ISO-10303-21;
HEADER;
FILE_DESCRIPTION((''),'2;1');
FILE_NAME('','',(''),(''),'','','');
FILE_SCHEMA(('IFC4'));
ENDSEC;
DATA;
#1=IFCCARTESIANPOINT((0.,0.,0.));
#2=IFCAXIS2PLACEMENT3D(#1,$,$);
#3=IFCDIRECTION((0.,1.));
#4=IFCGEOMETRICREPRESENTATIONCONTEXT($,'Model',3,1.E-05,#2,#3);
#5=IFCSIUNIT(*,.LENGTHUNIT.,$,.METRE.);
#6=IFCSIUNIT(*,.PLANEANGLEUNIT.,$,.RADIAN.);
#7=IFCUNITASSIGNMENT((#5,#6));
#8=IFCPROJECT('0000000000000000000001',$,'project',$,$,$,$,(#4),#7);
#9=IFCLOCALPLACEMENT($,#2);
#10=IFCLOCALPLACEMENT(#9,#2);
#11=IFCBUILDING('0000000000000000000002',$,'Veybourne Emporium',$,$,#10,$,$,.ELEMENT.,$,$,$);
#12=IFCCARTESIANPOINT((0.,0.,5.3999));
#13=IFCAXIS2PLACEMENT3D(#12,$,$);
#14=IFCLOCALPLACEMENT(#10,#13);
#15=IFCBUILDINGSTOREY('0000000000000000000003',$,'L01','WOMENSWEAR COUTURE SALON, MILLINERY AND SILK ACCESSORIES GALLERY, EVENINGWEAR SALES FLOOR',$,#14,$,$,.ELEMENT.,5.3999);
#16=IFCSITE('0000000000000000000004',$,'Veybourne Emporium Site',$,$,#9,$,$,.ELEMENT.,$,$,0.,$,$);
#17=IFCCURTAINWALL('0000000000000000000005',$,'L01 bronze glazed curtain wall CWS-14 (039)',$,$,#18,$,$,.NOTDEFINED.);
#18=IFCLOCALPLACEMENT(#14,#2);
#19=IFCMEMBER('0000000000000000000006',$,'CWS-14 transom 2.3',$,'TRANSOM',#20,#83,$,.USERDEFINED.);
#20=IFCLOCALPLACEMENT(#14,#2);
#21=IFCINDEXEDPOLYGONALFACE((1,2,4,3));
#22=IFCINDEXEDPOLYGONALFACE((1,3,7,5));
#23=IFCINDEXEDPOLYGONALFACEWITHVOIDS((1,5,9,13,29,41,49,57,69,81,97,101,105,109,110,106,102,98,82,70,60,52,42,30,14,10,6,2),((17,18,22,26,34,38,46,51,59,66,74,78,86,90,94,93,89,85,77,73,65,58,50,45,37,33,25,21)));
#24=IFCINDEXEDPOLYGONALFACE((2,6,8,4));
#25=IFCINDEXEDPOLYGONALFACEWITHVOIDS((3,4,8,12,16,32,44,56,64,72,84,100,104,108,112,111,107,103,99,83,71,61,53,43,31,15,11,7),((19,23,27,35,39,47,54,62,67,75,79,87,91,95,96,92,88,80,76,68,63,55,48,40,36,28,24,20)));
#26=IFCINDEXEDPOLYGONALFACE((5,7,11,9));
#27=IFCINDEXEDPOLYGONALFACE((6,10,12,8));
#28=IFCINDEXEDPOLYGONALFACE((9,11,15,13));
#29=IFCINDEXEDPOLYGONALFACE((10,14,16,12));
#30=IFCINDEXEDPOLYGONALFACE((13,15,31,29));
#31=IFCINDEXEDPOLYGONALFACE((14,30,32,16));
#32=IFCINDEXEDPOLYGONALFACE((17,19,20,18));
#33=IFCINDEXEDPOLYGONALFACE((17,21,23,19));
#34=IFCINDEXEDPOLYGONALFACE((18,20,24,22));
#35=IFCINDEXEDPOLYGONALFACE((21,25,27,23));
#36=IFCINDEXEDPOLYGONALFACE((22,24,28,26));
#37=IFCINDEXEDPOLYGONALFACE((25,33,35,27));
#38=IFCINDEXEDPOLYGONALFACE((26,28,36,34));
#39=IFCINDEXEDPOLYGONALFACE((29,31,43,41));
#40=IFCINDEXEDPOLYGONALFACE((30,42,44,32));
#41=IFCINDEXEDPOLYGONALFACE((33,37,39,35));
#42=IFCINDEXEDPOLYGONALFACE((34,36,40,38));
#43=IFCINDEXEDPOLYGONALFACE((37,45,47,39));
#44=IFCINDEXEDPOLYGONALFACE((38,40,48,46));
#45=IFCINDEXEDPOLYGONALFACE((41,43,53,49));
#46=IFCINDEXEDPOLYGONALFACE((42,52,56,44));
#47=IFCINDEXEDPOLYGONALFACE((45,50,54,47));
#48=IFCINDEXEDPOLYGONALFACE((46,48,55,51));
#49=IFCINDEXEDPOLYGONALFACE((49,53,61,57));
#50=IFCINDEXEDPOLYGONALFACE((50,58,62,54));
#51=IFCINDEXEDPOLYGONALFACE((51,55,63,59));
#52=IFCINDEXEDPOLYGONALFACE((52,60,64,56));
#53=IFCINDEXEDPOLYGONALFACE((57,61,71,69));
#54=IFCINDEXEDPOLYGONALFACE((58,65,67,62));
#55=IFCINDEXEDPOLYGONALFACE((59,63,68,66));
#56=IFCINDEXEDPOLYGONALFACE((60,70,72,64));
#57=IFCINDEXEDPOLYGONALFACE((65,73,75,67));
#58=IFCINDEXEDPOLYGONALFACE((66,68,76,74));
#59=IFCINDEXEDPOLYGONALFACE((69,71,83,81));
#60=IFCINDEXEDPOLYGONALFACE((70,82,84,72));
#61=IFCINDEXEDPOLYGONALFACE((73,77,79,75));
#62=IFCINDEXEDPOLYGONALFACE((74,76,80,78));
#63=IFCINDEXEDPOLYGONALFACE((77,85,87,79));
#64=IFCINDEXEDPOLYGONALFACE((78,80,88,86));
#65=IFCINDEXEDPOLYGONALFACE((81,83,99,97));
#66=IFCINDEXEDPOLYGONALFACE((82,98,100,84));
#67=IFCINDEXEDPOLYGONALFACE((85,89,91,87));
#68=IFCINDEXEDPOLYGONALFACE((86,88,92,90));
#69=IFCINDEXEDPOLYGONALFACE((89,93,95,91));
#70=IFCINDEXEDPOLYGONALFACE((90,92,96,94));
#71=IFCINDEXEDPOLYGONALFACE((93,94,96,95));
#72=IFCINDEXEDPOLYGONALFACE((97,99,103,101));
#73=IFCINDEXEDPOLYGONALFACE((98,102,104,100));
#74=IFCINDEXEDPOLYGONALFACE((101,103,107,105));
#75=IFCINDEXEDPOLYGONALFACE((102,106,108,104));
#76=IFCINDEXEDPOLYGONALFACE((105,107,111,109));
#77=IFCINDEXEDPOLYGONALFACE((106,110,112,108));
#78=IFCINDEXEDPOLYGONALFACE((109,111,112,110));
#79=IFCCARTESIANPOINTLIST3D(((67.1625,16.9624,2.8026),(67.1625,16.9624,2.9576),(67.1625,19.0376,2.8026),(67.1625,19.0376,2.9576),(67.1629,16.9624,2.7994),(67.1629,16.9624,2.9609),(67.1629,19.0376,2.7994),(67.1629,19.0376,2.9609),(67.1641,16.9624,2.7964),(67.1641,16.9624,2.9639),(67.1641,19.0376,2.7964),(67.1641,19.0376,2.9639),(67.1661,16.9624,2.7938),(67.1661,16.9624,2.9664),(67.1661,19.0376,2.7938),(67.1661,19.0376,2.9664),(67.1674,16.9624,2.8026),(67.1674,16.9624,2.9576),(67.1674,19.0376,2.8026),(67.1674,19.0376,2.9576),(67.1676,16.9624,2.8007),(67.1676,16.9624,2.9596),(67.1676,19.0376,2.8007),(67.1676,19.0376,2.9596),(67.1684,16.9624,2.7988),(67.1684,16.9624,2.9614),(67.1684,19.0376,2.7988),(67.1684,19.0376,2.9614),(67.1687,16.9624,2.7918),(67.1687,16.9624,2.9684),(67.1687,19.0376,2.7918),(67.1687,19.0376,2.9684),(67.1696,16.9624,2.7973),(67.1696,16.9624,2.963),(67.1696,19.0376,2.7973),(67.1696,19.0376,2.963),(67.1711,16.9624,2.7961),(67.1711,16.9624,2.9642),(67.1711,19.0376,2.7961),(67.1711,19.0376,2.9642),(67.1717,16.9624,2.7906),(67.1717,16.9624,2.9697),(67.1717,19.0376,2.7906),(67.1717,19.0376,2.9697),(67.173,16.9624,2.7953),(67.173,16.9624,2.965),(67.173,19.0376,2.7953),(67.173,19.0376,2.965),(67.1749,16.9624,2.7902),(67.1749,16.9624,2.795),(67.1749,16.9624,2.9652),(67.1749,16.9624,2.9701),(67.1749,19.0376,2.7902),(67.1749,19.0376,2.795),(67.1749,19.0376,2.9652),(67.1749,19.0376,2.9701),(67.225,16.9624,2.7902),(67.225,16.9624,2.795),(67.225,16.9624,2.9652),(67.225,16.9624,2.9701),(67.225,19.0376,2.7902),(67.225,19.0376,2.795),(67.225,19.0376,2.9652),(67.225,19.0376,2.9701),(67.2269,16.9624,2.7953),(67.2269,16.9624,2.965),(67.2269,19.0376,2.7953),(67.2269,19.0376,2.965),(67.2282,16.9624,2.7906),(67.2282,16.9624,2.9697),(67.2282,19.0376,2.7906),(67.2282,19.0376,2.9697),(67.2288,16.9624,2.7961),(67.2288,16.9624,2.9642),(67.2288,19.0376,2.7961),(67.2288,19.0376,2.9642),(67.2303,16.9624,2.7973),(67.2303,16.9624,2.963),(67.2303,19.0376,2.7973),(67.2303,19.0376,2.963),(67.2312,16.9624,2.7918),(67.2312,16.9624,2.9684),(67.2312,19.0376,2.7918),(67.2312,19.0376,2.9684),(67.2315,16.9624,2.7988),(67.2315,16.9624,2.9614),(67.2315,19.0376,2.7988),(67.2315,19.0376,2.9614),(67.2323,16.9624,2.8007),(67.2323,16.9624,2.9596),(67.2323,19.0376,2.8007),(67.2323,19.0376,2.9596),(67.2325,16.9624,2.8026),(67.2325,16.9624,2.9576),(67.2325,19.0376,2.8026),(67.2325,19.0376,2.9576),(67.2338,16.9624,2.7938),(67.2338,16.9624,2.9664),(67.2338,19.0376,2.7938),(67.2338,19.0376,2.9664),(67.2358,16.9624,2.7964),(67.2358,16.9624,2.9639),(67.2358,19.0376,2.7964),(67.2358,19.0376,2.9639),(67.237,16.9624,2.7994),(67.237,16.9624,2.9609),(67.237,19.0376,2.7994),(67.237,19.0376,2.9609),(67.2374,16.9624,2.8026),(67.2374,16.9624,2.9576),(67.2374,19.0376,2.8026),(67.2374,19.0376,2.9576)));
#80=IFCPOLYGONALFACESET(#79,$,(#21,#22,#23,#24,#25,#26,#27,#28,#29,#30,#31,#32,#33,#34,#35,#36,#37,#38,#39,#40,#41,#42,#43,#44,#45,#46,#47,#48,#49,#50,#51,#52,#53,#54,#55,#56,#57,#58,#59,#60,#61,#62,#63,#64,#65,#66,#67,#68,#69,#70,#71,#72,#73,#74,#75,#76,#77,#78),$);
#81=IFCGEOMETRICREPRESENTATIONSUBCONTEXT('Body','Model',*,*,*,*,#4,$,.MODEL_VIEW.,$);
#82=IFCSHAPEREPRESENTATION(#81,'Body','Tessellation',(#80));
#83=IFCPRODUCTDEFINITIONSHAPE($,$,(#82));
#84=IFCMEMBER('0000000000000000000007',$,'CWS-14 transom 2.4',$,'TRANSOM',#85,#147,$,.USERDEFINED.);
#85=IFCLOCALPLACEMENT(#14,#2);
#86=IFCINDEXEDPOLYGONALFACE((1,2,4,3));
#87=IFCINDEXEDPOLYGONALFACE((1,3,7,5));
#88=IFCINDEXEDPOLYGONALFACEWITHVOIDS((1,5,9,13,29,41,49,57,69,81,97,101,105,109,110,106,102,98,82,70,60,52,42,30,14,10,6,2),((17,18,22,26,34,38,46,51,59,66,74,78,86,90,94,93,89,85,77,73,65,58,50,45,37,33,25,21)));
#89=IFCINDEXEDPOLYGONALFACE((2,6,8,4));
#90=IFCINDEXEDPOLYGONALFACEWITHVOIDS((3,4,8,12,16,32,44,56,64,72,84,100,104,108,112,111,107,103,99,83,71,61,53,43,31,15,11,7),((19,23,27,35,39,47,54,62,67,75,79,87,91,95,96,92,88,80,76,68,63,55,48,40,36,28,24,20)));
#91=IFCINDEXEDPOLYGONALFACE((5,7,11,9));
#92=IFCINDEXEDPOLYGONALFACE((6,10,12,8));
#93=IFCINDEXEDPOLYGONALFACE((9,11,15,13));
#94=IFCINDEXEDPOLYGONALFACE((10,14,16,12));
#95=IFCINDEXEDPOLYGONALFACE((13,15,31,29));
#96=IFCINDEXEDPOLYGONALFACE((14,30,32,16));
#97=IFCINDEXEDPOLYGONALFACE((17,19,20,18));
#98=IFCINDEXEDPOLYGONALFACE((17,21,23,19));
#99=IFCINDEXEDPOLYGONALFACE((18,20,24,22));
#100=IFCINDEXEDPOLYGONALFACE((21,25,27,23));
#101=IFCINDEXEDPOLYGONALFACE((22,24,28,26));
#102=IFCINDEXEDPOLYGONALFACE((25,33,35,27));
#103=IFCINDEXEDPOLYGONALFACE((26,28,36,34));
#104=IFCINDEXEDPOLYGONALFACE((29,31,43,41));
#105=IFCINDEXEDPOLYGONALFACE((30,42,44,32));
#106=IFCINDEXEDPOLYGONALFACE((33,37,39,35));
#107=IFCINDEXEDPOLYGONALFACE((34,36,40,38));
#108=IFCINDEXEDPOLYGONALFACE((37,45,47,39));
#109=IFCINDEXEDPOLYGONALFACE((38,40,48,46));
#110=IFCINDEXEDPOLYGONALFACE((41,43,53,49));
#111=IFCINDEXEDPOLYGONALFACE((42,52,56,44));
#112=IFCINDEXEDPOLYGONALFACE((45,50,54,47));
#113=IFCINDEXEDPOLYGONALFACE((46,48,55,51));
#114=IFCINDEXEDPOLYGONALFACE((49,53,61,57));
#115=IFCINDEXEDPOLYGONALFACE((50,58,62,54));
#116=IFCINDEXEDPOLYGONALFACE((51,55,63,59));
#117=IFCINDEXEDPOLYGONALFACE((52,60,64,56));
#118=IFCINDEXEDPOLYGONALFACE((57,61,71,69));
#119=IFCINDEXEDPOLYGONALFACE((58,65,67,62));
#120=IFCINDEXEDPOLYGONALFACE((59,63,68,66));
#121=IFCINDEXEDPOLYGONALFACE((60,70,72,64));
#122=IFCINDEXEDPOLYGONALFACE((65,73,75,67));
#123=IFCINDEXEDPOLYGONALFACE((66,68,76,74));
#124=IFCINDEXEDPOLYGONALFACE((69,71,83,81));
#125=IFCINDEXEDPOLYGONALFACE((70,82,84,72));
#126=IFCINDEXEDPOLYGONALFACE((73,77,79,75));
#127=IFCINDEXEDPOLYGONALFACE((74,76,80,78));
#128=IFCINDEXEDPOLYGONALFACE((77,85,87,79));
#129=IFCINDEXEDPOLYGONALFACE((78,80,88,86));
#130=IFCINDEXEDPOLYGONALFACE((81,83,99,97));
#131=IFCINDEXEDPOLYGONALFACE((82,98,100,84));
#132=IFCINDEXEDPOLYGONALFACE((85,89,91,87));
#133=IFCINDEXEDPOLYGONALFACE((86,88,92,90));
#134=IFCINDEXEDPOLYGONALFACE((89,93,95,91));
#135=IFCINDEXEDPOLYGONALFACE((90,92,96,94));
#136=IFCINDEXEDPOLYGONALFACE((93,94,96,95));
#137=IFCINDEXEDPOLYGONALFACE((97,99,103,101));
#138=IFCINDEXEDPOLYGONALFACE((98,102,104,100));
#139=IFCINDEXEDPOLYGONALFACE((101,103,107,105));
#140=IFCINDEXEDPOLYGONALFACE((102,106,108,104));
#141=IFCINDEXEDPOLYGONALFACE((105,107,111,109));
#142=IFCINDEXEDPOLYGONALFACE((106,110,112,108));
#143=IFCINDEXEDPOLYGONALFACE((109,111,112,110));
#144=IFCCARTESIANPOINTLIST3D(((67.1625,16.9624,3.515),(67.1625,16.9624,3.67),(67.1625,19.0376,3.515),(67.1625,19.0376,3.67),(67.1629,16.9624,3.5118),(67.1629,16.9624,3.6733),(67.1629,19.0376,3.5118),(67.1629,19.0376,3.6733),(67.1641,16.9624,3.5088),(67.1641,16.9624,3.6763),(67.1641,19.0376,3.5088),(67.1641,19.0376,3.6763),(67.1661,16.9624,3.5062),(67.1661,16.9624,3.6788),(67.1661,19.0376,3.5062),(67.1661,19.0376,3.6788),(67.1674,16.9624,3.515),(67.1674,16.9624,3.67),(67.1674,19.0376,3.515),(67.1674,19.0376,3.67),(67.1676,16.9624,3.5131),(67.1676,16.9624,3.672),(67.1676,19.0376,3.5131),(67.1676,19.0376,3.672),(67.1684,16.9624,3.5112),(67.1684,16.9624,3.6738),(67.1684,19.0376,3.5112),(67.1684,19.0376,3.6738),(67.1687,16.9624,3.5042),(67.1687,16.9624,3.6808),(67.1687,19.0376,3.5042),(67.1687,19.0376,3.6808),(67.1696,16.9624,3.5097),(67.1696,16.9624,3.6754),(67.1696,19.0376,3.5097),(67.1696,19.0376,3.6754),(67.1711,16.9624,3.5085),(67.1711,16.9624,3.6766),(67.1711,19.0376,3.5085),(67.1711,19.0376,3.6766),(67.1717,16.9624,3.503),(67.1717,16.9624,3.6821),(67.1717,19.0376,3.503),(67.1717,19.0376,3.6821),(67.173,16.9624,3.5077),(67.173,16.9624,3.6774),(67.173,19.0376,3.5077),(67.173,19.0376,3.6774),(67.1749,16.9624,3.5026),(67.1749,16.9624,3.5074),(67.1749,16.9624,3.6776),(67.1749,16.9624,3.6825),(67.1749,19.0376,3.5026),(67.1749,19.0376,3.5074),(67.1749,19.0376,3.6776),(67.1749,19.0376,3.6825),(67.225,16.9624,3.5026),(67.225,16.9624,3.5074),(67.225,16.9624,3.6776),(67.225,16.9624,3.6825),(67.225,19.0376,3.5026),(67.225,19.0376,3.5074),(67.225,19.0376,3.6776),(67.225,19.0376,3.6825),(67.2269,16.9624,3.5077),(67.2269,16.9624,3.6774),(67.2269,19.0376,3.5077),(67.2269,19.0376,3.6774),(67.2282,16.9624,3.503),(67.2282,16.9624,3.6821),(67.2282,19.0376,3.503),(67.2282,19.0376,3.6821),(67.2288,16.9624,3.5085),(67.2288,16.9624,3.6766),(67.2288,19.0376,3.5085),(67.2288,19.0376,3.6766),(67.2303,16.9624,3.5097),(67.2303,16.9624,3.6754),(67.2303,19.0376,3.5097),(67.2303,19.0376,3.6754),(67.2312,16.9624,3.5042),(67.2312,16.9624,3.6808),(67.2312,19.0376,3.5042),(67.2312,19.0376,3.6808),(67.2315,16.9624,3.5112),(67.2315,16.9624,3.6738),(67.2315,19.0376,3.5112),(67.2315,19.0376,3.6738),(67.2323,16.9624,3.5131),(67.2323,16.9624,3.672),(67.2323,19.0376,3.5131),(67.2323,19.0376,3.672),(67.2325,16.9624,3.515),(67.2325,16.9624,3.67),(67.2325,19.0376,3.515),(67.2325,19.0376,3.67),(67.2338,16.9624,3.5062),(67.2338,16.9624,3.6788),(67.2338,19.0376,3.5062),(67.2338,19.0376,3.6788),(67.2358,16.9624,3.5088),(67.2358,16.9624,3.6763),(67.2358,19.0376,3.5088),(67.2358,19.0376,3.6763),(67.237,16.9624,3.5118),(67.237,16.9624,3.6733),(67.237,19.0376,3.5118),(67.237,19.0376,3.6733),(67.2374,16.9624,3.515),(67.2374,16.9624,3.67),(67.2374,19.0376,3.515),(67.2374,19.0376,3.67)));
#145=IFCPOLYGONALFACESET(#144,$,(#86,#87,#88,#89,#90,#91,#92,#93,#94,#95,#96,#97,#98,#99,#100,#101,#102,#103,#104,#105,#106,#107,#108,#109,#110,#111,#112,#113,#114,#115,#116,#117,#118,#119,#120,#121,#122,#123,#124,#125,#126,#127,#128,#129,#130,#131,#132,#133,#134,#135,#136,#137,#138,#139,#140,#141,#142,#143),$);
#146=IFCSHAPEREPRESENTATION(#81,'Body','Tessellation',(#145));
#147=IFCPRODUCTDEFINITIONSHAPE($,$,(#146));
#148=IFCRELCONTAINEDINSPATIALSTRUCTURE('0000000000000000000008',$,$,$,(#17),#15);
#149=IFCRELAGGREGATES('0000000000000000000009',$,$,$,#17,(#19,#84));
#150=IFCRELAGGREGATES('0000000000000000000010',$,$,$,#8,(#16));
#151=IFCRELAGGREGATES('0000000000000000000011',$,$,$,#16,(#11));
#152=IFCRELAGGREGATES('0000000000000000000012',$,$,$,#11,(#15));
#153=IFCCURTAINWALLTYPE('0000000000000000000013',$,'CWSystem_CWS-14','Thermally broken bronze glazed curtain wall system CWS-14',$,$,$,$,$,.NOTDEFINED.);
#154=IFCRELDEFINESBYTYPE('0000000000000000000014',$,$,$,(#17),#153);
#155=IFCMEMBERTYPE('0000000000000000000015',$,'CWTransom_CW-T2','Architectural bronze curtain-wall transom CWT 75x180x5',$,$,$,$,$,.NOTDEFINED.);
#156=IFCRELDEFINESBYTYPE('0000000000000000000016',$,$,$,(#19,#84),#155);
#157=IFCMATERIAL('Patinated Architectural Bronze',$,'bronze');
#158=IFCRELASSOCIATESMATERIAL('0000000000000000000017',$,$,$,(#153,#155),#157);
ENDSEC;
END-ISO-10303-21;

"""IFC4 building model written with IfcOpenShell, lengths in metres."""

from ifc_helpers import new_model, si_unit, direction, frame, origin, origin_2d, place, context, subcontext, project, spatial, hollow_rectangle, extrude, material, material_profile, profile_set, type_object, element, aggregate, save


model = new_model("IFC4")

# Units and contexts
model_context = context("Model", 3, precision=1e-05, world=origin(), true_north=direction((0.0, 1.0)))
body_context = subcontext(model_context, "Body", "Model", "MODEL_VIEW")
ifc_project = project(units=[si_unit("LENGTHUNIT", "METRE"), si_unit("PLANEANGLEUNIT", "RADIAN")], contexts=[model_context])

# Site, building, storey
site_placement = place(None, origin())
site = spatial("IfcSite", under=ifc_project, at=site_placement, Name="Veybourne Emporium Site", CompositionType="ELEMENT", RefElevation=0.0)
building_placement = place(site_placement, origin())
building = spatial("IfcBuilding", under=site, at=building_placement, Name="Veybourne Emporium", CompositionType="ELEMENT")
storey_placement = place(building_placement, frame((0.0, 0.0, 5.3999)))
storey = spatial("IfcBuildingStorey", under=building, at=storey_placement, Name="L01", Description="WOMENSWEAR COUTURE SALON, MILLINERY AND SILK ACCESSORIES GALLERY, EVENINGWEAR SALES FLOOR", CompositionType="ELEMENT", Elevation=5.3999)

# Curtain wall
ifc_material_1 = material(Name="Patinated Architectural Bronze", Category="bronze")
curtain_wall_type_1 = type_object("IfcCurtainWallType", Name="CWSystem_CWS-14", Description="Thermally broken bronze glazed curtain wall system CWS-14", PredefinedType="NOTDEFINED", material=ifc_material_1)
curtain_wall_1_placement = place(storey_placement, origin())
curtain_wall_1 = element("IfcCurtainWall", 1, at=curtain_wall_1_placement, inside=storey, type_object=curtain_wall_type_1, Name="L01 bronze glazed curtain wall CWS-14 (039)", PredefinedType="NOTDEFINED")

# Members
ifc_material_profile_1 = material_profile(ifc_material_1, hollow_rectangle(XDim=0.075, YDim=0.1799, WallThickness=0.0049, InnerFilletRadius=0.0076, OuterFilletRadius=0.0125, at=origin_2d()), Name="CWT 75x180x5")
ifc_profile_set_1 = profile_set([ifc_material_profile_1], Name="Patinated Architectural Bronze")
member_type_1 = type_object("IfcMemberType", Name="CWTransom_CW-T2", Description="Architectural bronze curtain-wall transom CWT 75x180x5", PredefinedType="NOTDEFINED", material=ifc_profile_set_1)
member_1_placement = place(storey_placement, frame((67.2, 16.9624, 2.8801), z_axis=(0.0, 1.0, 0.0), x_axis=(-1.0, 0.0, 0.0)))
member_1 = element("IfcMember", 2, at=member_1_placement, type_object=member_type_1, Name="CWS-14 transom 2.3", ObjectType="TRANSOM", PredefinedType="USERDEFINED", context=body_context, shape_type="SweptSolid", body=[
    extrude(hollow_rectangle(XDim=0.075, YDim=0.1799, WallThickness=0.0049, InnerFilletRadius=0.0076, OuterFilletRadius=0.0125, at=origin_2d()), origin(), (0.0, 0.0, 1.0), 2.0752),
])
member_2_placement = place(storey_placement, frame((67.2, 16.9624, 3.5925), z_axis=(0.0, 1.0, 0.0), x_axis=(-1.0, 0.0, 0.0)))
member_2 = element("IfcMember", 3, at=member_2_placement, type_object=member_type_1, Name="CWS-14 transom 2.4", ObjectType="TRANSOM", PredefinedType="USERDEFINED", context=body_context, shape_type="SweptSolid", body=[
    extrude(hollow_rectangle(XDim=0.075, YDim=0.1799, WallThickness=0.0049, InnerFilletRadius=0.0076, OuterFilletRadius=0.0125, at=origin_2d()), origin(), (0.0, 0.0, 1.0), 2.0752),
])

aggregate(curtain_wall_1, [member_1, member_2])

save(model, "model.ifc")
